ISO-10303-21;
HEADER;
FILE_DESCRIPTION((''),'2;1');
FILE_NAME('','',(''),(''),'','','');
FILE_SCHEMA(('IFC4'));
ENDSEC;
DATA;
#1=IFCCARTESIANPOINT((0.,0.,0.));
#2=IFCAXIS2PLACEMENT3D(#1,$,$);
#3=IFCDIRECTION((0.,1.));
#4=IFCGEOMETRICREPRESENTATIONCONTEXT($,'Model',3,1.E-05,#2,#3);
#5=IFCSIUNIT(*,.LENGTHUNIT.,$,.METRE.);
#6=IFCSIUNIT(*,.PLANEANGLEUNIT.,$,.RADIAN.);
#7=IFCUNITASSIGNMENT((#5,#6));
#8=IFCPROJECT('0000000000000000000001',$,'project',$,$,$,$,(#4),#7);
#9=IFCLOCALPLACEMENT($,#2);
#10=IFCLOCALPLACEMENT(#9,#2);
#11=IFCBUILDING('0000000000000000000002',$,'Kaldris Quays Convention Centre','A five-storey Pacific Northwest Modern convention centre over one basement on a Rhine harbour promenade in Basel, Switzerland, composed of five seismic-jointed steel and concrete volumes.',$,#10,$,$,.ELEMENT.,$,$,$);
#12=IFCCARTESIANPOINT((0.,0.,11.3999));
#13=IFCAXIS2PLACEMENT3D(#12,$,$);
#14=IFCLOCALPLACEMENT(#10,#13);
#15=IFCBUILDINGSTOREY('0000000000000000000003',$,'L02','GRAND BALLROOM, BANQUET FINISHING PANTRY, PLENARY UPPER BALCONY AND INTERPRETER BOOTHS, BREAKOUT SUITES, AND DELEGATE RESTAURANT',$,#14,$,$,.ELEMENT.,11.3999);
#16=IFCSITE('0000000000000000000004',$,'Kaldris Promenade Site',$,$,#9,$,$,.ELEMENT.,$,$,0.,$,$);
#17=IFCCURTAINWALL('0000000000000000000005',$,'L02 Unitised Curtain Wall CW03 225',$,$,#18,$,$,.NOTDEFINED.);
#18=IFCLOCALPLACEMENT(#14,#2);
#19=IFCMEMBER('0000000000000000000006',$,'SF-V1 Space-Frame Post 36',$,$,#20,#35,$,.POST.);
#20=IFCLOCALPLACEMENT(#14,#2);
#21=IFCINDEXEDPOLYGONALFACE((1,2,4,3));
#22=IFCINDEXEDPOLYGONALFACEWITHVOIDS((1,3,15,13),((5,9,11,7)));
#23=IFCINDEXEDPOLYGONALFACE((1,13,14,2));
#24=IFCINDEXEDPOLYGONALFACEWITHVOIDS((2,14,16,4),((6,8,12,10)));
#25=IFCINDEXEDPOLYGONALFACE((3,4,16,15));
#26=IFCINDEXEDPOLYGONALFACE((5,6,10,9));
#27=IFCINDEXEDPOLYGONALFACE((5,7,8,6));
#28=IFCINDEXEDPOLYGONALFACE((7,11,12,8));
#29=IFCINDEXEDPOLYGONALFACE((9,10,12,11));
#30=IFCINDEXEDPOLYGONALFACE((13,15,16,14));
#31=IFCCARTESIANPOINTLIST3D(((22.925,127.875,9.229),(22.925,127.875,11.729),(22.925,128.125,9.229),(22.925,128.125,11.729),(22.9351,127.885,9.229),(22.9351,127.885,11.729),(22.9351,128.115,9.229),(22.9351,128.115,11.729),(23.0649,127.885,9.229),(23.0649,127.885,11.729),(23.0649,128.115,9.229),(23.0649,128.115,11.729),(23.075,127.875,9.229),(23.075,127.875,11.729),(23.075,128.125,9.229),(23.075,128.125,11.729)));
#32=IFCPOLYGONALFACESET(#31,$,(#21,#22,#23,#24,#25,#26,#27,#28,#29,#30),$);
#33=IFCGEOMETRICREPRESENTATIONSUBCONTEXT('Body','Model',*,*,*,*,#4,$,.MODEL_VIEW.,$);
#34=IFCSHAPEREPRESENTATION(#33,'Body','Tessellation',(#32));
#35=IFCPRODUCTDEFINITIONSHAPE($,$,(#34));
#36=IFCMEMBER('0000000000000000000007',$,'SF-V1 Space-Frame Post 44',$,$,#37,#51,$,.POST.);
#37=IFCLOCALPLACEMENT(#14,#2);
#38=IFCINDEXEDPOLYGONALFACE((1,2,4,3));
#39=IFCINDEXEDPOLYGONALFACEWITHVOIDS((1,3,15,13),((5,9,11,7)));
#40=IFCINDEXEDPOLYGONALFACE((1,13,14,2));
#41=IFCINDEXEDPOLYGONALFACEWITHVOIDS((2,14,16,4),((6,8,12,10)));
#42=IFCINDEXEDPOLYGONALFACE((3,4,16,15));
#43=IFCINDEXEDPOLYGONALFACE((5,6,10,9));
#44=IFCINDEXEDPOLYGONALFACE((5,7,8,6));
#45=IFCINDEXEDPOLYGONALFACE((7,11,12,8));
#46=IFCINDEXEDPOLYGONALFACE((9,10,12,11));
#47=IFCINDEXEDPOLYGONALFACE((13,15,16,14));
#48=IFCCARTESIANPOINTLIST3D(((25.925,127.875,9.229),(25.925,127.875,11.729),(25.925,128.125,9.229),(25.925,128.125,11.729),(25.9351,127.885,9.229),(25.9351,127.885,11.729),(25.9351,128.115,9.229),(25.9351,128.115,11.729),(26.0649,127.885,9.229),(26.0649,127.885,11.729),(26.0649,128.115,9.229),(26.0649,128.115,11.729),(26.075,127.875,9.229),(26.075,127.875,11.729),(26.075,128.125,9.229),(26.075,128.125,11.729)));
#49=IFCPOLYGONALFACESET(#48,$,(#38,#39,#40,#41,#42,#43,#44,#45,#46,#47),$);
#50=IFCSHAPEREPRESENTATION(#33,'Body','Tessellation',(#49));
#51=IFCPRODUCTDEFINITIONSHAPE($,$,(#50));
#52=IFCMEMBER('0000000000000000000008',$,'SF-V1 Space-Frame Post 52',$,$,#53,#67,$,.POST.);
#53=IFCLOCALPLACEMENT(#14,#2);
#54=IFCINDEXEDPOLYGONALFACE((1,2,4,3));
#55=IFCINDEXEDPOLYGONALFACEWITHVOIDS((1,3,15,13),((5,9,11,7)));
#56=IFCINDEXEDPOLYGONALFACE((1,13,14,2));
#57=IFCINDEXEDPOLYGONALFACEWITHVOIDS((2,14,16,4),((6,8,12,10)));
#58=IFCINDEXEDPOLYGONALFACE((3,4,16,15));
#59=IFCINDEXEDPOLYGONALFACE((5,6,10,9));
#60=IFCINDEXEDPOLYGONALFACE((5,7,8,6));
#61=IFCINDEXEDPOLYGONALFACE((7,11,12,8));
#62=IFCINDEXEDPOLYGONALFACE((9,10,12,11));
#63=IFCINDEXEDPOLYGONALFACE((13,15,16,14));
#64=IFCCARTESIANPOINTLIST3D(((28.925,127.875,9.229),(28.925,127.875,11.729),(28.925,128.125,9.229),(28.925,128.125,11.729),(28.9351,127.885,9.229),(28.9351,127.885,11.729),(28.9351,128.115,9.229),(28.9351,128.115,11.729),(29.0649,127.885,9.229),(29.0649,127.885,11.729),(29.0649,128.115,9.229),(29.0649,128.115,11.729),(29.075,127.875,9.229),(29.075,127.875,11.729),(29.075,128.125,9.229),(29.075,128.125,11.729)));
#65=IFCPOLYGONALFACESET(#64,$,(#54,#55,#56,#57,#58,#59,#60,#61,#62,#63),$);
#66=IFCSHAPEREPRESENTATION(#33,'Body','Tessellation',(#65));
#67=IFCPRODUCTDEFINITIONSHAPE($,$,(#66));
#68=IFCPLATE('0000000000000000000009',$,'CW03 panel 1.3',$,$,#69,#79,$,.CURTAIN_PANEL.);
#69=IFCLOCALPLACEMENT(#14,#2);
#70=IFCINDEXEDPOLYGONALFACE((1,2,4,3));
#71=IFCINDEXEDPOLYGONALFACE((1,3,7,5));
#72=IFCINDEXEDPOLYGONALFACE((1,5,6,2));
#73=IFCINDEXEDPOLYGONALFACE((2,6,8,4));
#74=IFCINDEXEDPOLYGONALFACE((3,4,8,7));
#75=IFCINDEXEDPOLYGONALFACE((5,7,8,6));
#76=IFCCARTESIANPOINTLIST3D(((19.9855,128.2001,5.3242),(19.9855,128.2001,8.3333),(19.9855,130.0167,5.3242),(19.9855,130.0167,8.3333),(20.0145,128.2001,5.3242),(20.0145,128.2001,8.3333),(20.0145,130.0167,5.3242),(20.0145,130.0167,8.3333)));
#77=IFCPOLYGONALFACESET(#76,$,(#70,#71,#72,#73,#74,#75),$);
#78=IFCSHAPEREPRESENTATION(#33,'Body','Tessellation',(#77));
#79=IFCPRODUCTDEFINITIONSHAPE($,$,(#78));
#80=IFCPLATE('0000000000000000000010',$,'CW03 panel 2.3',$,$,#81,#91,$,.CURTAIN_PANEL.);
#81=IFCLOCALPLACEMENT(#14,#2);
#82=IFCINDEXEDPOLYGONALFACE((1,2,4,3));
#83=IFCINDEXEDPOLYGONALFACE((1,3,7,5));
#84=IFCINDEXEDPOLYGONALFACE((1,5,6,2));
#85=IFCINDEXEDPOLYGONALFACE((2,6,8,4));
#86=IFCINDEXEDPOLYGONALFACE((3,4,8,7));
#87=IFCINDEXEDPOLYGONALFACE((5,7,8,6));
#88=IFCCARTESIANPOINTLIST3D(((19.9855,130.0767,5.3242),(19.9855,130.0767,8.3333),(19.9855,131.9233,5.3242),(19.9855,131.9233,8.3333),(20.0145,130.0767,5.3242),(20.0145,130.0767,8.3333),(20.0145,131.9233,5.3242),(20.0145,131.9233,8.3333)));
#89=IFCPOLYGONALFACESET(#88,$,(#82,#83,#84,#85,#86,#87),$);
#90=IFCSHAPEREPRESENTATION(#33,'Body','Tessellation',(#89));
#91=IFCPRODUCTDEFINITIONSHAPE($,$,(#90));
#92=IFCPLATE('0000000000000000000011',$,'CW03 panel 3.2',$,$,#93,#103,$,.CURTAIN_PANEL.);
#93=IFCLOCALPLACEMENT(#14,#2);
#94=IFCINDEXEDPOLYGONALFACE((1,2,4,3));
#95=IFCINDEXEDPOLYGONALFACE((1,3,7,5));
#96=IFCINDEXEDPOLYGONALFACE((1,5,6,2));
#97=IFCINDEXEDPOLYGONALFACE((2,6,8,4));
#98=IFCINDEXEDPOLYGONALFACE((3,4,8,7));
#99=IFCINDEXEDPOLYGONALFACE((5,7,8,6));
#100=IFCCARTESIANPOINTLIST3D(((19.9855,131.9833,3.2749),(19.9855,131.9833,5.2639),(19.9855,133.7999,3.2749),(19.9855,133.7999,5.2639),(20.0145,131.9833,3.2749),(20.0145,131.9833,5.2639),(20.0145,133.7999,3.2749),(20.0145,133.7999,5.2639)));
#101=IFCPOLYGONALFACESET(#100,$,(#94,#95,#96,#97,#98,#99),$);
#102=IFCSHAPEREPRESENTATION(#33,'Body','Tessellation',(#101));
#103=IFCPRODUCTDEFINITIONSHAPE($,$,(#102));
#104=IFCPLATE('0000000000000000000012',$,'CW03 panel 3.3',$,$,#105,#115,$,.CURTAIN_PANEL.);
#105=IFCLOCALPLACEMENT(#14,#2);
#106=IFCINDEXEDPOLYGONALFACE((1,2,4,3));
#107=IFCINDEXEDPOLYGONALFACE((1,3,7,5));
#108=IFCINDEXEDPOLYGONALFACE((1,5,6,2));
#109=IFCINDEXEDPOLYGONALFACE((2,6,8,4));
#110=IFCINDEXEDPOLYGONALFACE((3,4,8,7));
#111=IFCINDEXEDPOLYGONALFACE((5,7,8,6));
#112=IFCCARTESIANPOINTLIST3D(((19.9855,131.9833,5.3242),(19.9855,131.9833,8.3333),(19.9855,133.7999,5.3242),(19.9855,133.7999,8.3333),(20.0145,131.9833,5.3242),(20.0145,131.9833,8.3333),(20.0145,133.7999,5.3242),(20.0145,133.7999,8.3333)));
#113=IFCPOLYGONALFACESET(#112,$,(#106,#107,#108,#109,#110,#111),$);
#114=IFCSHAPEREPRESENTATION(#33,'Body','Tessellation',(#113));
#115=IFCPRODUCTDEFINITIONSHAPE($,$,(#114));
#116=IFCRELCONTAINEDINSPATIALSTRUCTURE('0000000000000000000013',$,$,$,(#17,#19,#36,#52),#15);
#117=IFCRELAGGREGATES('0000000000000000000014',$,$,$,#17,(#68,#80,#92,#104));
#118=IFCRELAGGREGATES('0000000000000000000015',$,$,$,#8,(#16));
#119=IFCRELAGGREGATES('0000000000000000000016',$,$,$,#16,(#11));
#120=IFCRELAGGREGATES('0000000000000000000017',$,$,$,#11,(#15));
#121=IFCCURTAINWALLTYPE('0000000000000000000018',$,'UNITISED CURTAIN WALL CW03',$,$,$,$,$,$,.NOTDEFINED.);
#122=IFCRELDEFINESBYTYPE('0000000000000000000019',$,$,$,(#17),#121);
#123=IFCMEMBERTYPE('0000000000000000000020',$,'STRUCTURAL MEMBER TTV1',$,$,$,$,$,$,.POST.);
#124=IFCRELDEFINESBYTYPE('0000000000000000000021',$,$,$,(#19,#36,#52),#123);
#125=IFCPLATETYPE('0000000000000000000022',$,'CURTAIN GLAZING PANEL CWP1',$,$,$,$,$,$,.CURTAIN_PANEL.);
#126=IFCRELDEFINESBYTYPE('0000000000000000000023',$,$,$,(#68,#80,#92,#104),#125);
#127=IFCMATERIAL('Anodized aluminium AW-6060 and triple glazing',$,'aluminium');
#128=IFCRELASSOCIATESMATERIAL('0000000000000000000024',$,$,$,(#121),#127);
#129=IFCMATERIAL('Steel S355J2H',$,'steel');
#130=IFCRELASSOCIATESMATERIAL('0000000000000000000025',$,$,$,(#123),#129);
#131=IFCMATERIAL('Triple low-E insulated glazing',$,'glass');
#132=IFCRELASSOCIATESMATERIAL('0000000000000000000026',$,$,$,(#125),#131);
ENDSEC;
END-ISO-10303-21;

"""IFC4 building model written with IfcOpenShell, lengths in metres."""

from ifc_helpers import new_model, si_unit, direction, frame, origin, origin_2d, place, context, subcontext, project, spatial, rectangle, hollow_rectangle, extrude, material, material_profile, profile_set, type_object, element, aggregate, save


model = new_model("IFC4")

# Units and contexts
model_context = context("Model", 3, precision=1e-05, world=origin(), true_north=direction((0.0, 1.0)))
body_context = subcontext(model_context, "Body", "Model", "MODEL_VIEW")
ifc_project = project(units=[si_unit("LENGTHUNIT", "METRE"), si_unit("PLANEANGLEUNIT", "RADIAN")], contexts=[model_context])

# Site, building, storey
site_placement = place(None, origin())
site = spatial("IfcSite", under=ifc_project, at=site_placement, Name="Kaldris Promenade Site", CompositionType="ELEMENT", RefElevation=0.0)
building_placement = place(site_placement, origin())
building = spatial("IfcBuilding", under=site, at=building_placement, Name="Kaldris Quays Convention Centre", Description="A five-storey Pacific Northwest Modern convention centre over one basement on a Rhine harbour promenade in Basel, Switzerland, composed of five seismic-jointed steel and concrete volumes.", CompositionType="ELEMENT")
storey_placement = place(building_placement, frame((0.0, 0.0, 11.3999)))
storey = spatial("IfcBuildingStorey", under=building, at=storey_placement, Name="L02", Description="GRAND BALLROOM, BANQUET FINISHING PANTRY, PLENARY UPPER BALCONY AND INTERPRETER BOOTHS, BREAKOUT SUITES, AND DELEGATE RESTAURANT", CompositionType="ELEMENT", Elevation=11.3999)

# Curtain wall
ifc_material_1 = material(Name="Anodized aluminium AW-6060 and triple glazing", Category="aluminium")
curtain_wall_type = type_object("IfcCurtainWallType", Name="UNITISED CURTAIN WALL CW03", PredefinedType="NOTDEFINED", material=ifc_material_1)
curtain_wall_placement = place(storey_placement, origin())
curtain_wall = element("IfcCurtainWall", 1, at=curtain_wall_placement, inside=storey, type_object=curtain_wall_type, Name="L02 Unitised Curtain Wall CW03 225", PredefinedType="NOTDEFINED")

# Members
ifc_material_2 = material(Name="Steel S355J2H", Category="steel")
ifc_material_profile_1 = material_profile(ifc_material_2, hollow_rectangle(XDim=0.1499, YDim=0.25, WallThickness=0.01, at=origin_2d()), Name="RHS 250x150x10")
ifc_profile_set_1 = profile_set([ifc_material_profile_1], Name="Steel S355J2H")
member_type_1 = type_object("IfcMemberType", Name="STRUCTURAL MEMBER TTV1", PredefinedType="POST", material=ifc_profile_set_1)
for number, where, z_axis, x_axis, name in (
    (2, (23.0, 128.0, 9.229), (0.0, 0.0, 1.0), (1.0, 0.0, 0.0), "SF-V1 Space-Frame Post 36"),
    (3, (26.0, 128.0, 9.229), (0.0, 0.0, 1.0), (1.0, 0.0, 0.0), "SF-V1 Space-Frame Post 44"),
    (4, (29.0, 128.0, 9.229), (0.0, 0.0, 1.0), (1.0, 0.0, 0.0), "SF-V1 Space-Frame Post 52"),
):
    element("IfcMember", number, at=place(storey_placement, frame(where, z_axis=z_axis, x_axis=x_axis)), inside=storey, type_object=member_type_1, Name=name, PredefinedType="POST", context=body_context, shape_type="SweptSolid", body=[
        extrude(hollow_rectangle(XDim=0.1499, YDim=0.25, WallThickness=0.01, at=origin_2d()), origin(), (0.0, 0.0, 1.0), 2.5),
    ])

# Plates
ifc_material_3 = material(Name="Triple low-E insulated glazing", Category="glass")
plate_type = type_object("IfcPlateType", Name="CURTAIN GLAZING PANEL CWP1", PredefinedType="CURTAIN_PANEL", material=ifc_material_3)
plate_1_placement = place(storey_placement, frame((20.0, 129.1084, 5.3242), z_axis=(0.0, 0.0, 1.0), x_axis=(0.0, 1.0, 0.0)))
plate_1 = element("IfcPlate", 5, at=plate_1_placement, type_object=plate_type, Name="CW03 panel 1.3", PredefinedType="CURTAIN_PANEL", context=body_context, shape_type="SweptSolid", body=[
    extrude(rectangle(XDim=1.8167, YDim=0.0291, at=origin_2d()), origin(), (0.0, 0.0, 1.0), 3.009),
])
plate_2_placement = place(storey_placement, frame((20.0, 131.0, 5.3242), z_axis=(0.0, 0.0, 1.0), x_axis=(0.0, 1.0, 0.0)))
plate_2 = element("IfcPlate", 6, at=plate_2_placement, type_object=plate_type, Name="CW03 panel 2.3", PredefinedType="CURTAIN_PANEL", context=body_context, shape_type="SweptSolid", body=[
    extrude(rectangle(XDim=1.8467, YDim=0.0291, at=origin_2d()), origin(), (0.0, 0.0, 1.0), 3.009),
])
plate_3_placement = place(storey_placement, frame((20.0, 132.8916, 3.2749), z_axis=(0.0, 0.0, 1.0), x_axis=(0.0, 1.0, 0.0)))
plate_3 = element("IfcPlate", 7, at=plate_3_placement, type_object=plate_type, Name="CW03 panel 3.2", PredefinedType="CURTAIN_PANEL", context=body_context, shape_type="SweptSolid", body=[
    extrude(rectangle(XDim=1.8167, YDim=0.0291, at=origin_2d()), origin(), (0.0, 0.0, 1.0), 1.989),
])
plate_4_placement = place(storey_placement, frame((20.0, 132.8916, 5.3242), z_axis=(0.0, 0.0, 1.0), x_axis=(0.0, 1.0, 0.0)))
plate_4 = element("IfcPlate", 8, at=plate_4_placement, type_object=plate_type, Name="CW03 panel 3.3", PredefinedType="CURTAIN_PANEL", context=body_context, shape_type="SweptSolid", body=[
    extrude(rectangle(XDim=1.8167, YDim=0.0291, at=origin_2d()), origin(), (0.0, 0.0, 1.0), 3.009),
])
aggregate(curtain_wall, [plate_1, plate_2, plate_3, plate_4])

save(model, "model.ifc")
